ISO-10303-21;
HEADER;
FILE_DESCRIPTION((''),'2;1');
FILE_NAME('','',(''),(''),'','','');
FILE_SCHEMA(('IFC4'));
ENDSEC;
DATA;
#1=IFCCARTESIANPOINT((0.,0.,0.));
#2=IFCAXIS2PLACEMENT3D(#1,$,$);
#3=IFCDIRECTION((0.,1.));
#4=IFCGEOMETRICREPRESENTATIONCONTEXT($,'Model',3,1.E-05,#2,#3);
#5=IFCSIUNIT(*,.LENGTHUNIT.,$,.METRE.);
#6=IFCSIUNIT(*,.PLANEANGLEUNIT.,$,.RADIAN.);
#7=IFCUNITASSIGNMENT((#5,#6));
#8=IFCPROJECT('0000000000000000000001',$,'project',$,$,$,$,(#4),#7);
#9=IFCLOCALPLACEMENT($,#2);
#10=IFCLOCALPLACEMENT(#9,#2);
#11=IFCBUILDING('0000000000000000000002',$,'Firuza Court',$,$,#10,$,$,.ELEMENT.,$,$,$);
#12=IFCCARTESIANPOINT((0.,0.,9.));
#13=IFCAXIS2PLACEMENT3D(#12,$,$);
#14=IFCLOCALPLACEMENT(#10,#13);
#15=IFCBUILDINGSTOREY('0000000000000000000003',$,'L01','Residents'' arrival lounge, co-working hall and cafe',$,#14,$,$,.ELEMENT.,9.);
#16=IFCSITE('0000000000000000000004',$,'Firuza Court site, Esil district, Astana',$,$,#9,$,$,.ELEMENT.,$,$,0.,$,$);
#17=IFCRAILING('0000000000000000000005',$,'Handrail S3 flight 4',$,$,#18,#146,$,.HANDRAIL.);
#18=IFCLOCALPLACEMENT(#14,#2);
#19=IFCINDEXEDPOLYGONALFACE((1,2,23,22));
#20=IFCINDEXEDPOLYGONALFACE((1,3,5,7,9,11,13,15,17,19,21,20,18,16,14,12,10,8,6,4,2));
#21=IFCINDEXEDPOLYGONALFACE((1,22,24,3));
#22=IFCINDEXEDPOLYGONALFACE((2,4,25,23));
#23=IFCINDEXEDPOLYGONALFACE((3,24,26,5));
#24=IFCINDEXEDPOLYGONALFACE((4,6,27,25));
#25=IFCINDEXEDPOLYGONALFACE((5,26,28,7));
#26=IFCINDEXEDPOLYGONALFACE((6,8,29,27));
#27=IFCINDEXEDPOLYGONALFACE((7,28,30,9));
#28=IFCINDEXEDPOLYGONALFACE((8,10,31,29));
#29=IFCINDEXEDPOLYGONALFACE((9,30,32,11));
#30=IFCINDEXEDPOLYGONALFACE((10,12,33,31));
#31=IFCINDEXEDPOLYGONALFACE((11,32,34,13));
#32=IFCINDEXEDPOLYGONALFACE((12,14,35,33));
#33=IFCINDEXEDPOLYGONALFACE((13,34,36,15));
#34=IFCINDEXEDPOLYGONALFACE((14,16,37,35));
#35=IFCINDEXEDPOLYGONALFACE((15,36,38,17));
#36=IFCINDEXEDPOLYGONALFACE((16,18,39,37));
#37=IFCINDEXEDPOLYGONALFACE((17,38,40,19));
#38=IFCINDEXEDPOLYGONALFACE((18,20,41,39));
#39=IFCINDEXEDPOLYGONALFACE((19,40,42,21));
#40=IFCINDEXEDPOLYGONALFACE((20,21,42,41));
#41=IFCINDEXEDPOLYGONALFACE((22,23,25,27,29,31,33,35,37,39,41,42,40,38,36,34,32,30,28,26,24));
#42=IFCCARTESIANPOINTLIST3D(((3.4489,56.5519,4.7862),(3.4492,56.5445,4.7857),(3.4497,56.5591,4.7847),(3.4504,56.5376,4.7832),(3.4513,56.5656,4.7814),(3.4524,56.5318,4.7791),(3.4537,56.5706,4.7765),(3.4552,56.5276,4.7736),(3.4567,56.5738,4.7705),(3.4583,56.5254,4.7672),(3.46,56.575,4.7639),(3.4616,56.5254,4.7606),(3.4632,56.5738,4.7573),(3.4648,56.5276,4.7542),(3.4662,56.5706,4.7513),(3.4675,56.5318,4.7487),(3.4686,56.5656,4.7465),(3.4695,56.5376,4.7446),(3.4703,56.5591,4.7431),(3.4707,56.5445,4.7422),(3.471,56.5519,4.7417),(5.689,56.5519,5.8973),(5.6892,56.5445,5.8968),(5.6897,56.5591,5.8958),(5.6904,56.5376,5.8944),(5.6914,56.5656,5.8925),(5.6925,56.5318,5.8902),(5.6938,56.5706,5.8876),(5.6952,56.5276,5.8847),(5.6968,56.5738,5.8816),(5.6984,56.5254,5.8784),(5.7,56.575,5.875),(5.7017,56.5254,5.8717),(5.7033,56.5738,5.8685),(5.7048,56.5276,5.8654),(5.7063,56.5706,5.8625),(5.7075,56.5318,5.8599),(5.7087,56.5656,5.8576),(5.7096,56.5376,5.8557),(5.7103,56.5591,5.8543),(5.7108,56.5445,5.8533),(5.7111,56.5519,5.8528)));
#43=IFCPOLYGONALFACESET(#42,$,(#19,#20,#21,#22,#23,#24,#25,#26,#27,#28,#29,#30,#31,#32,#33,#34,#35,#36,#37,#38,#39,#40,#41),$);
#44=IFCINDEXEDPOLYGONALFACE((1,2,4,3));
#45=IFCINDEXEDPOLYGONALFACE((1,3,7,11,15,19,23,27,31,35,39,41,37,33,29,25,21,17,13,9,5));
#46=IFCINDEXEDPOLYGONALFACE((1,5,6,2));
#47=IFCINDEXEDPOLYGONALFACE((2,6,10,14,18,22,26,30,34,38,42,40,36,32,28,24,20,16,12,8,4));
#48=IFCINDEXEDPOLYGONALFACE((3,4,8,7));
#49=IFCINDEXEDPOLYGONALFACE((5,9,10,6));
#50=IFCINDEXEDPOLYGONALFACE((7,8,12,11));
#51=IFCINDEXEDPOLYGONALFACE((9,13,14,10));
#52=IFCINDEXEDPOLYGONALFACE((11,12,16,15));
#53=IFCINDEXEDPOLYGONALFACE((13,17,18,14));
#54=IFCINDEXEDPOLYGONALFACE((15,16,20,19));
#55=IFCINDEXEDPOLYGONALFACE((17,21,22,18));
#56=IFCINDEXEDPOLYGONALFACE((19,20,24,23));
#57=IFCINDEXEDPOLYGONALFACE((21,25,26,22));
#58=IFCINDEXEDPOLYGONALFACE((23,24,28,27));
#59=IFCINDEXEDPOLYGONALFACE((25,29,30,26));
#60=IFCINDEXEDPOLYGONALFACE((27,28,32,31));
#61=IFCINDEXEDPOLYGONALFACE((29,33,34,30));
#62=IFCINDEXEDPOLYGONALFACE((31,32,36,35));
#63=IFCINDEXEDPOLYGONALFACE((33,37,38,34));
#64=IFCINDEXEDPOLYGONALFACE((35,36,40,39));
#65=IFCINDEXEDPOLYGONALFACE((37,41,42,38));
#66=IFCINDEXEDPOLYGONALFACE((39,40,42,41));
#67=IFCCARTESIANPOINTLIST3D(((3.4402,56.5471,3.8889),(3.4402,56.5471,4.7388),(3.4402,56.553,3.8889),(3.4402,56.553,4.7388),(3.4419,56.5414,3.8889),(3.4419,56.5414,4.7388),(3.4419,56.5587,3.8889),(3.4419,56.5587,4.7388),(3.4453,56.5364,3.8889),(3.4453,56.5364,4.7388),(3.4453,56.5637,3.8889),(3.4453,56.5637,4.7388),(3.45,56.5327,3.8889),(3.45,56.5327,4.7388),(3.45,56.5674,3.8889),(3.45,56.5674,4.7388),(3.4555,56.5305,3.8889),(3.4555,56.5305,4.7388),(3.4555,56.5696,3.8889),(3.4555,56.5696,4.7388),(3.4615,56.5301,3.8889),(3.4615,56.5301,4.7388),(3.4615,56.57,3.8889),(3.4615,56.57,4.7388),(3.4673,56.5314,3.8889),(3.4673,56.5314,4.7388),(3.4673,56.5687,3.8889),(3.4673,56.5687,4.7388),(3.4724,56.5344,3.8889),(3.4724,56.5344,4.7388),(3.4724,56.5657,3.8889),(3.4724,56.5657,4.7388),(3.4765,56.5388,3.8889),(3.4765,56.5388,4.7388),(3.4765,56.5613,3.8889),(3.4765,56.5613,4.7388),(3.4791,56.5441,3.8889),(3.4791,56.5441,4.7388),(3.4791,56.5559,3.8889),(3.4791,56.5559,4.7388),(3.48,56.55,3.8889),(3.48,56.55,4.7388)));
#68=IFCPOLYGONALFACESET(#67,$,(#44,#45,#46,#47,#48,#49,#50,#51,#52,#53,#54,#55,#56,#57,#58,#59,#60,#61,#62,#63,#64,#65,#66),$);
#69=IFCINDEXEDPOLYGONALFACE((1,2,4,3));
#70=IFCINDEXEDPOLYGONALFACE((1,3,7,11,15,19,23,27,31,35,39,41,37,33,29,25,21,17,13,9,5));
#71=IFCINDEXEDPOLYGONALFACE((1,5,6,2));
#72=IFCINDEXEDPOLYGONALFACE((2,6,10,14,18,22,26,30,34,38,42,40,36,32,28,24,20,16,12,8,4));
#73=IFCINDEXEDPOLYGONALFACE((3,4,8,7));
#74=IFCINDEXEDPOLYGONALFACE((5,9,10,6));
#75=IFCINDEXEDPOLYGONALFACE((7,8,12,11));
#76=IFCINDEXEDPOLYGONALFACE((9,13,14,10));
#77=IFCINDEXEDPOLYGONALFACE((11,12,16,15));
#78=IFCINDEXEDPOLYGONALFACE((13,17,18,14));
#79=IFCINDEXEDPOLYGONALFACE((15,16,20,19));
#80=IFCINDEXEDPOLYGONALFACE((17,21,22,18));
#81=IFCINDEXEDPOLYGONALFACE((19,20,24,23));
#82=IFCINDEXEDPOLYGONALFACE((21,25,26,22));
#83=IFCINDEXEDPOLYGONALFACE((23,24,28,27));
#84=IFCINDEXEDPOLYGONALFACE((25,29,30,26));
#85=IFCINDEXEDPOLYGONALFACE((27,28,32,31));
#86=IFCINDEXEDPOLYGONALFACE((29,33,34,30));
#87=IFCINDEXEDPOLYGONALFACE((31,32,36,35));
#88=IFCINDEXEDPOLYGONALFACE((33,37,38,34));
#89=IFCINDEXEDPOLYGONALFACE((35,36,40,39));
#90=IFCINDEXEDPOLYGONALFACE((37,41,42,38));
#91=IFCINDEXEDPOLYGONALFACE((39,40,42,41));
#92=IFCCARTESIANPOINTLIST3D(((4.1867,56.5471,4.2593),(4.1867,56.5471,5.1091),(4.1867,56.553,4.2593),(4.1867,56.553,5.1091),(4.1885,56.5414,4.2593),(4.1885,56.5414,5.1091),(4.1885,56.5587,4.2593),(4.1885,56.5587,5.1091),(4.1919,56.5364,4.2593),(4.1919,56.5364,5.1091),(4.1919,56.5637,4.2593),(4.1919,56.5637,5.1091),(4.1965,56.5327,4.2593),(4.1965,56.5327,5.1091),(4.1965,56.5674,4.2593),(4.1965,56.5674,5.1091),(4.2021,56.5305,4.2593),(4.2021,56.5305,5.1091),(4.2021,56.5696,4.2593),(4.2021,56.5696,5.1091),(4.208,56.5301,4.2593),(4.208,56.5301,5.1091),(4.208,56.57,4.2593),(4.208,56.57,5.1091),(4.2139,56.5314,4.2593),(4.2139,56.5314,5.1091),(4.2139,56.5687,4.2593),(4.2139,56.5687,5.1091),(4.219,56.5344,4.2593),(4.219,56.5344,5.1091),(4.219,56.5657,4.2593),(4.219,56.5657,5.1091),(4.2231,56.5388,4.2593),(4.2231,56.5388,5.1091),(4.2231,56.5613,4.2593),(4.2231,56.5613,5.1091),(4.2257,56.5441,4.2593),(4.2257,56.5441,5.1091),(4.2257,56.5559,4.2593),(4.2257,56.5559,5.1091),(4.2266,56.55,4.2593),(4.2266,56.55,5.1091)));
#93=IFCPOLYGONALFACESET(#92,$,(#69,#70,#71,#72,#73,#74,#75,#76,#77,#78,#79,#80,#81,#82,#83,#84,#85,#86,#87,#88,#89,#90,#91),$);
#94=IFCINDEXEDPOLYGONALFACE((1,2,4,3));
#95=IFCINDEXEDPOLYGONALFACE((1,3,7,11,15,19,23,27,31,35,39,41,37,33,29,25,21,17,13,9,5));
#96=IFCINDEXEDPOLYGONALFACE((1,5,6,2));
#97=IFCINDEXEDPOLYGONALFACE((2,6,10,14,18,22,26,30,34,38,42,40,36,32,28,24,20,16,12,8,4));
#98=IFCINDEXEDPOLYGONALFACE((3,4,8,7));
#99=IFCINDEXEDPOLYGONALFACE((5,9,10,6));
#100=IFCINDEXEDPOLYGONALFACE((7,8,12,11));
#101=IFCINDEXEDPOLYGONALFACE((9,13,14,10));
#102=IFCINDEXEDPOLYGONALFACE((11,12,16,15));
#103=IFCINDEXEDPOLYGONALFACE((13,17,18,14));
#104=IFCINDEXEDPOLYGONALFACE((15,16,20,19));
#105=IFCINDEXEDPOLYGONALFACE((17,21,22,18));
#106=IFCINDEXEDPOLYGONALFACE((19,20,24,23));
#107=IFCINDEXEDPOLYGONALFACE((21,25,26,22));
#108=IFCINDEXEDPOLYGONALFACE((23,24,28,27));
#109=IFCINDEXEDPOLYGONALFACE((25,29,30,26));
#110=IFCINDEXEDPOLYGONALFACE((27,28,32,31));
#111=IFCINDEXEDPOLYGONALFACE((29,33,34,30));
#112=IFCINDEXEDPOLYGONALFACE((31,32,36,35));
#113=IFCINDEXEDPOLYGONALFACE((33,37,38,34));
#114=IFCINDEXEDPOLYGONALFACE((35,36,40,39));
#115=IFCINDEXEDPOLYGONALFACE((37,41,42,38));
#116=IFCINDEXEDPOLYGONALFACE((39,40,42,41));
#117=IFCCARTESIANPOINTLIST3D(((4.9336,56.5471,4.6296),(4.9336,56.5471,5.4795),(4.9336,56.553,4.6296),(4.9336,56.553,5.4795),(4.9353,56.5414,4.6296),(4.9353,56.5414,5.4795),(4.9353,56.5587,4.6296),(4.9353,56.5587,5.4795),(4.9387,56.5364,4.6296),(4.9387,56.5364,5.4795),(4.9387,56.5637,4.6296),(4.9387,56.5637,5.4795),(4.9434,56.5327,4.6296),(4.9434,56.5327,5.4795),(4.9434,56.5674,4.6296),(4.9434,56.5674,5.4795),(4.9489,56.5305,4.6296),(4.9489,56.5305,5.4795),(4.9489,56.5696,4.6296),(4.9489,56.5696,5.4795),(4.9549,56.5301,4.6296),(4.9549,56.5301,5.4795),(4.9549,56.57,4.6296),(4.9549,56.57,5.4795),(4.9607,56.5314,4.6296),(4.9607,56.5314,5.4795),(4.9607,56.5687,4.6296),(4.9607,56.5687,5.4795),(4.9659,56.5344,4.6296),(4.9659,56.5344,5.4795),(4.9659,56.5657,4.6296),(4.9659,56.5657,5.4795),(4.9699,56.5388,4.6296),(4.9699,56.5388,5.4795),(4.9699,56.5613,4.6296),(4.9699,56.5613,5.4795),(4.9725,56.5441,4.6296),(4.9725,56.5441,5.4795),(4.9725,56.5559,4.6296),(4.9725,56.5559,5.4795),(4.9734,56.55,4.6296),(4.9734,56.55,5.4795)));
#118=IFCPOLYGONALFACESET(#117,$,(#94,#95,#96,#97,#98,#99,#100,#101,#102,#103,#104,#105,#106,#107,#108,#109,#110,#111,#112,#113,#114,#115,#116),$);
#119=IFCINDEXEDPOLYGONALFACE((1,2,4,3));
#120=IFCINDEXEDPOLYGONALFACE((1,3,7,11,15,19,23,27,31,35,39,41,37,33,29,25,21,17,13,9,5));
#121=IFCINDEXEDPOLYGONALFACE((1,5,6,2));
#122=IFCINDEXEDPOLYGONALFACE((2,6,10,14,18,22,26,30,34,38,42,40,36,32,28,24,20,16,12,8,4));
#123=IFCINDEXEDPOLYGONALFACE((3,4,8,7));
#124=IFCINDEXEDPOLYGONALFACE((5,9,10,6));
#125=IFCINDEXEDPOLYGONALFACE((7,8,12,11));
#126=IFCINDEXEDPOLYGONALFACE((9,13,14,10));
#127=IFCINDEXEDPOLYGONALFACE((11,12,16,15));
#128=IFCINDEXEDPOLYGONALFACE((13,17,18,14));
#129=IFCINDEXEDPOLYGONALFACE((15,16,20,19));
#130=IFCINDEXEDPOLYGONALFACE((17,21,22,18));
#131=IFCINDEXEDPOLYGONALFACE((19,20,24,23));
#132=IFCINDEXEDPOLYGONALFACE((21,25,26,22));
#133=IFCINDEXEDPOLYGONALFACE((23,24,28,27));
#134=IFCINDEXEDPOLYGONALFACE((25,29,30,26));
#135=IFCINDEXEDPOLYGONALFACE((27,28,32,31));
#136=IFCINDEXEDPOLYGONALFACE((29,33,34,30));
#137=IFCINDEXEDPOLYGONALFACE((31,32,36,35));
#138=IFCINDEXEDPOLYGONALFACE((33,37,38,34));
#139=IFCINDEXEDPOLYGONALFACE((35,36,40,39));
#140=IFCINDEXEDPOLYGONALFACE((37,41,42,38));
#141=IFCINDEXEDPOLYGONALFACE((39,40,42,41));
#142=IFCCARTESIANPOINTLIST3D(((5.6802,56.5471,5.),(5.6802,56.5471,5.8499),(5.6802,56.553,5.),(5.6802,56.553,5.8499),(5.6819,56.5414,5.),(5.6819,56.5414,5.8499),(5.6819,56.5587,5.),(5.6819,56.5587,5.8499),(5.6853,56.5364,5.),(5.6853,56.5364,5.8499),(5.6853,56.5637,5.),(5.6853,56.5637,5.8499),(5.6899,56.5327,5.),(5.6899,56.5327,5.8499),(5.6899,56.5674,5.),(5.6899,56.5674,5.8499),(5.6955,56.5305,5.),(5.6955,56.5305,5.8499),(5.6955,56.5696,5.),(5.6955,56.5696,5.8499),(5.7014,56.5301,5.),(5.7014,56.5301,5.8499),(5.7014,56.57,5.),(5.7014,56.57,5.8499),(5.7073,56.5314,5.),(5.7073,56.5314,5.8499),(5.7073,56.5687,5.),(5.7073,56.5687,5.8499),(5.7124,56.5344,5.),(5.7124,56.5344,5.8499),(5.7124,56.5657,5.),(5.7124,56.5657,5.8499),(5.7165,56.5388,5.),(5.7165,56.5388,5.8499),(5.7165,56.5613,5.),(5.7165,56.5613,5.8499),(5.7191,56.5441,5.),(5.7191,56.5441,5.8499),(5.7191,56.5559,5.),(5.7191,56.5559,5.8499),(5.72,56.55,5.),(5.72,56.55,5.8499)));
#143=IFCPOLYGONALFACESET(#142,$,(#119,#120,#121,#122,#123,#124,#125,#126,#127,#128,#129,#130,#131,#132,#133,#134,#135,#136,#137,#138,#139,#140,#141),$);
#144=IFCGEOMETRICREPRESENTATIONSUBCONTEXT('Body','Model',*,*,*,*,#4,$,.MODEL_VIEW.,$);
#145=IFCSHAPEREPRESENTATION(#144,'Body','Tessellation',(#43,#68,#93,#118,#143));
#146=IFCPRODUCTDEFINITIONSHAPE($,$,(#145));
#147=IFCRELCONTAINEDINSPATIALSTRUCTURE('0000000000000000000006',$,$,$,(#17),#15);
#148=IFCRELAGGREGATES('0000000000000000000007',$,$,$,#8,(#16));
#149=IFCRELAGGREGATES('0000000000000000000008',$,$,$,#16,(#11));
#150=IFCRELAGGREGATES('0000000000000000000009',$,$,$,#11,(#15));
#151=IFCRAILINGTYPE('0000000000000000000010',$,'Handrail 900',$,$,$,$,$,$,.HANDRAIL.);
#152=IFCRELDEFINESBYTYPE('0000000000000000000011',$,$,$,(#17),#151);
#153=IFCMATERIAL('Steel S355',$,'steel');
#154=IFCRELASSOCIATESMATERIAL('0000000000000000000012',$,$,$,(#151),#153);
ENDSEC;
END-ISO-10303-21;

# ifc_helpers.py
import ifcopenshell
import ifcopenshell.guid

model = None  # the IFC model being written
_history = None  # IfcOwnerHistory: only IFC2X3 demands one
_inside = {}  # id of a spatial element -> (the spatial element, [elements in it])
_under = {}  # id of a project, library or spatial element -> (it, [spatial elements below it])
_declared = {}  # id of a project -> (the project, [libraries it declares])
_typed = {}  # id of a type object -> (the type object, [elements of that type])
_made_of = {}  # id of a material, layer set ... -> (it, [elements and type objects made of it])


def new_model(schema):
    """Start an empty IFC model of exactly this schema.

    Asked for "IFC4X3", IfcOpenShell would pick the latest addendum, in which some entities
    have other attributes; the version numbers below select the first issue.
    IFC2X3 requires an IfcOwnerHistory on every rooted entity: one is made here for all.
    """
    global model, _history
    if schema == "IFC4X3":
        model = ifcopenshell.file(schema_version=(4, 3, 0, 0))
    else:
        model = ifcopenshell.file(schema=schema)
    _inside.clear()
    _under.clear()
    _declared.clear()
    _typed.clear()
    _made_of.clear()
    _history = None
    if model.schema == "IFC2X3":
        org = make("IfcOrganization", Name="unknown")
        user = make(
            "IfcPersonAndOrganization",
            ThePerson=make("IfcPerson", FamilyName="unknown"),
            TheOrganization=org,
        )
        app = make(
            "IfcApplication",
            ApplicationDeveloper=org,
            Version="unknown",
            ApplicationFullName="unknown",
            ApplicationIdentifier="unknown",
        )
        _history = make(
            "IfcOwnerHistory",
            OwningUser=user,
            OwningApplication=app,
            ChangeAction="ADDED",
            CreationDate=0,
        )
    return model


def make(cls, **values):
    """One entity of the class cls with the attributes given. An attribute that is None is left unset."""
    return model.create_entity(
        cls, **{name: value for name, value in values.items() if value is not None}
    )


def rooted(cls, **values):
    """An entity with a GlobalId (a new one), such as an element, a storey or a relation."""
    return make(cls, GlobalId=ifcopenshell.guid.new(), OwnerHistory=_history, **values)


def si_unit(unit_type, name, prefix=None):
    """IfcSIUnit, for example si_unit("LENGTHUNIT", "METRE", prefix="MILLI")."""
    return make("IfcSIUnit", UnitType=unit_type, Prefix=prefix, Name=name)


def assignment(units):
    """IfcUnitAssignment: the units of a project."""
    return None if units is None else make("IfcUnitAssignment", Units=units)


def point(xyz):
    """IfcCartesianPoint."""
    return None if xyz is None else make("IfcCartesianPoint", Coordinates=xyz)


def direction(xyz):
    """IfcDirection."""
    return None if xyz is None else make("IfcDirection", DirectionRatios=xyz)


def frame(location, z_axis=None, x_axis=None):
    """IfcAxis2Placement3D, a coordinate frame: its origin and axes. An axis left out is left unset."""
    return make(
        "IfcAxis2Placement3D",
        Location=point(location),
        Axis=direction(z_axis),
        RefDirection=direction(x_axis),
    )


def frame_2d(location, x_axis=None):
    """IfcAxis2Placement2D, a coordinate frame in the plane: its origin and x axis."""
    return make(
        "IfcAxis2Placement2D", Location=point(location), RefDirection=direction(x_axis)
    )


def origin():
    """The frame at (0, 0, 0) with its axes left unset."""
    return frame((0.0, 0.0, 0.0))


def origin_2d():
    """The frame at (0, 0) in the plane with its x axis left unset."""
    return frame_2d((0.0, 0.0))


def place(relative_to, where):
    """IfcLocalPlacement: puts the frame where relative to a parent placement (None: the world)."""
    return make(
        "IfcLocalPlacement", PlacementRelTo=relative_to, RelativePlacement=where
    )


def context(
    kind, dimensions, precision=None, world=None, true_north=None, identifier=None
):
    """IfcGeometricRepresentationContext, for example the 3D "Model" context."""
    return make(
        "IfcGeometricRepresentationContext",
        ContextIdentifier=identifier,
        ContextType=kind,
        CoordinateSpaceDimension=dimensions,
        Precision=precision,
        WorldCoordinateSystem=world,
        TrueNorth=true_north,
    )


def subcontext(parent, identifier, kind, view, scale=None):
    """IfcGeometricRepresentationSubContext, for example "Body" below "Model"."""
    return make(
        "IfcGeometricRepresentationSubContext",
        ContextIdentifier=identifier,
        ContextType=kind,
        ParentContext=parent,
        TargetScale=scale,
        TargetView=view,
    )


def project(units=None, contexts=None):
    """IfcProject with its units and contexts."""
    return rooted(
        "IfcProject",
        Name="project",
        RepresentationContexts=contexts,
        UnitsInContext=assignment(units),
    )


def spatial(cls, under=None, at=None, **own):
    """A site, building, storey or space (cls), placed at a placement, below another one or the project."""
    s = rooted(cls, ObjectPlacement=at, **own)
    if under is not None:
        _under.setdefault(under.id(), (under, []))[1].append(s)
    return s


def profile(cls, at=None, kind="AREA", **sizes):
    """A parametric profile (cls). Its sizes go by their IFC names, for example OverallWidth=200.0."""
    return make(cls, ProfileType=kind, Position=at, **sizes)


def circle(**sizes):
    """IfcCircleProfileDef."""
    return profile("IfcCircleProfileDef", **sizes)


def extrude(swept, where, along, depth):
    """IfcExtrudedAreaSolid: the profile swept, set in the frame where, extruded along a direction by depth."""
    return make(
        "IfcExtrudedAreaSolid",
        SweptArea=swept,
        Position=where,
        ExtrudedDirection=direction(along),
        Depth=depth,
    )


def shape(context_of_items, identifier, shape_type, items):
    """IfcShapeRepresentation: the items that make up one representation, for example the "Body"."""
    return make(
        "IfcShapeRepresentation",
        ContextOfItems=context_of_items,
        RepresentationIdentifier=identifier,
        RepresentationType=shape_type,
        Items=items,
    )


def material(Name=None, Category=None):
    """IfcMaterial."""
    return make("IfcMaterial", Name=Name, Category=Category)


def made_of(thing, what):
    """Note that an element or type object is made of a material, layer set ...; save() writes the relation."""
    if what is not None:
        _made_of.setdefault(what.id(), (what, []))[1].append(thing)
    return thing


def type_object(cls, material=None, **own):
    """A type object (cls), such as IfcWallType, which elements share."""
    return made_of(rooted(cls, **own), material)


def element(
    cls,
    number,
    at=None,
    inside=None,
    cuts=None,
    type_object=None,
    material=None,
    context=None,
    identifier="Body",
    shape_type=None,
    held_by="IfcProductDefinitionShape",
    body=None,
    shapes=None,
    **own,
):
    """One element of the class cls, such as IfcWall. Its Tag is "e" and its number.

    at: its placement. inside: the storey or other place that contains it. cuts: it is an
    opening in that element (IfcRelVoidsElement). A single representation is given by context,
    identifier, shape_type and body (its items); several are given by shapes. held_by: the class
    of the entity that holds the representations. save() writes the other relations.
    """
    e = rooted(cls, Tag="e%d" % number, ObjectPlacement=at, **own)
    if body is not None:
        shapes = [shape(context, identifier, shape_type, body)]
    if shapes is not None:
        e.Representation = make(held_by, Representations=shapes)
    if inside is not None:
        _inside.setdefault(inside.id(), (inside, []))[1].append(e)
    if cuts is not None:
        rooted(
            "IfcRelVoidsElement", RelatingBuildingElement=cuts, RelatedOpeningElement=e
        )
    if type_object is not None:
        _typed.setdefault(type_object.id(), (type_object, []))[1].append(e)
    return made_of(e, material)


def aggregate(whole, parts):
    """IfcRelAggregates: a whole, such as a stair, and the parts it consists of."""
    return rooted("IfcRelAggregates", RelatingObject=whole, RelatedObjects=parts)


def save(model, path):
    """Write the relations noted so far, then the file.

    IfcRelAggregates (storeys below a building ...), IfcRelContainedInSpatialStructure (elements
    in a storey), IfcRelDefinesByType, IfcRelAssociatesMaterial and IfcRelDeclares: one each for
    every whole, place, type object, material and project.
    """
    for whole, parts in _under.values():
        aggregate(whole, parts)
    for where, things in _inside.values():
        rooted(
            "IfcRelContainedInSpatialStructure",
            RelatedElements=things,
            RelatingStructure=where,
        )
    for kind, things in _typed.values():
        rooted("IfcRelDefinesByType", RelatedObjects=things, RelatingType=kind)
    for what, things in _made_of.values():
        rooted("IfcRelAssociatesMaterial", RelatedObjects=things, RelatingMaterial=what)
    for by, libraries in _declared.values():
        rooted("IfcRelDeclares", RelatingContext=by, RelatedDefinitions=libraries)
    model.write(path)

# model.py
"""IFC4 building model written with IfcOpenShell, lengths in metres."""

from ifc_helpers import new_model, si_unit, direction, frame, origin, origin_2d, place, context, subcontext, project, spatial, circle, extrude, material, type_object, element, save


model = new_model("IFC4")

# Units and contexts
model_context = context("Model", 3, precision=1e-05, world=origin(), true_north=direction((0.0, 1.0)))
body_context = subcontext(model_context, "Body", "Model", "MODEL_VIEW")
ifc_project = project(units=[si_unit("LENGTHUNIT", "METRE"), si_unit("PLANEANGLEUNIT", "RADIAN")], contexts=[model_context])

# Site, building, storey
site_placement = place(None, origin())
site = spatial("IfcSite", under=ifc_project, at=site_placement, Name="Firuza Court site, Esil district, Astana", CompositionType="ELEMENT", RefElevation=0.0)
building_placement = place(site_placement, origin())
building = spatial("IfcBuilding", under=site, at=building_placement, Name="Firuza Court", CompositionType="ELEMENT")
storey_placement = place(building_placement, frame((0.0, 0.0, 9.0)))
storey = spatial("IfcBuildingStorey", under=building, at=storey_placement, Name="L01", Description="Residents' arrival lounge, co-working hall and cafe", CompositionType="ELEMENT", Elevation=9.0)

# Railing
ifc_material_1 = material(Name="Steel S355", Category="steel")
railing_type_1 = type_object("IfcRailingType", Name="Handrail 900", PredefinedType="HANDRAIL", material=ifc_material_1)
railing_1_placement = place(storey_placement, frame((3.46, 56.55, 3.8889)))
element("IfcRailing", 1, at=railing_1_placement, inside=storey, type_object=railing_type_1, Name="Handrail S3 flight 4", PredefinedType="HANDRAIL", context=body_context, shape_type="SweptSolid", body=[
    extrude(circle(Radius=0.0249, at=origin_2d()), frame((0.0, 0.0, 0.875), z_axis=(0.895848, 0.0, 0.44436), x_axis=(0.0, 1.0, 0.0)), (0.0, 0.0, 1.0), 2.5005),
    extrude(circle(Radius=0.02, at=origin_2d()), origin(), (0.0, 0.0, 1.0), 0.8499),
    extrude(circle(Radius=0.02, at=origin_2d()), frame((0.7466, 0.0, 0.3704)), (0.0, 0.0, 1.0), 0.8499),
    extrude(circle(Radius=0.02, at=origin_2d()), frame((1.4934, 0.0, 0.7407)), (0.0, 0.0, 1.0), 0.8499),
    extrude(circle(Radius=0.02, at=origin_2d()), frame((2.24, 0.0, 1.1111)), (0.0, 0.0, 1.0), 0.8499),
])

save(model, "model.ifc")
